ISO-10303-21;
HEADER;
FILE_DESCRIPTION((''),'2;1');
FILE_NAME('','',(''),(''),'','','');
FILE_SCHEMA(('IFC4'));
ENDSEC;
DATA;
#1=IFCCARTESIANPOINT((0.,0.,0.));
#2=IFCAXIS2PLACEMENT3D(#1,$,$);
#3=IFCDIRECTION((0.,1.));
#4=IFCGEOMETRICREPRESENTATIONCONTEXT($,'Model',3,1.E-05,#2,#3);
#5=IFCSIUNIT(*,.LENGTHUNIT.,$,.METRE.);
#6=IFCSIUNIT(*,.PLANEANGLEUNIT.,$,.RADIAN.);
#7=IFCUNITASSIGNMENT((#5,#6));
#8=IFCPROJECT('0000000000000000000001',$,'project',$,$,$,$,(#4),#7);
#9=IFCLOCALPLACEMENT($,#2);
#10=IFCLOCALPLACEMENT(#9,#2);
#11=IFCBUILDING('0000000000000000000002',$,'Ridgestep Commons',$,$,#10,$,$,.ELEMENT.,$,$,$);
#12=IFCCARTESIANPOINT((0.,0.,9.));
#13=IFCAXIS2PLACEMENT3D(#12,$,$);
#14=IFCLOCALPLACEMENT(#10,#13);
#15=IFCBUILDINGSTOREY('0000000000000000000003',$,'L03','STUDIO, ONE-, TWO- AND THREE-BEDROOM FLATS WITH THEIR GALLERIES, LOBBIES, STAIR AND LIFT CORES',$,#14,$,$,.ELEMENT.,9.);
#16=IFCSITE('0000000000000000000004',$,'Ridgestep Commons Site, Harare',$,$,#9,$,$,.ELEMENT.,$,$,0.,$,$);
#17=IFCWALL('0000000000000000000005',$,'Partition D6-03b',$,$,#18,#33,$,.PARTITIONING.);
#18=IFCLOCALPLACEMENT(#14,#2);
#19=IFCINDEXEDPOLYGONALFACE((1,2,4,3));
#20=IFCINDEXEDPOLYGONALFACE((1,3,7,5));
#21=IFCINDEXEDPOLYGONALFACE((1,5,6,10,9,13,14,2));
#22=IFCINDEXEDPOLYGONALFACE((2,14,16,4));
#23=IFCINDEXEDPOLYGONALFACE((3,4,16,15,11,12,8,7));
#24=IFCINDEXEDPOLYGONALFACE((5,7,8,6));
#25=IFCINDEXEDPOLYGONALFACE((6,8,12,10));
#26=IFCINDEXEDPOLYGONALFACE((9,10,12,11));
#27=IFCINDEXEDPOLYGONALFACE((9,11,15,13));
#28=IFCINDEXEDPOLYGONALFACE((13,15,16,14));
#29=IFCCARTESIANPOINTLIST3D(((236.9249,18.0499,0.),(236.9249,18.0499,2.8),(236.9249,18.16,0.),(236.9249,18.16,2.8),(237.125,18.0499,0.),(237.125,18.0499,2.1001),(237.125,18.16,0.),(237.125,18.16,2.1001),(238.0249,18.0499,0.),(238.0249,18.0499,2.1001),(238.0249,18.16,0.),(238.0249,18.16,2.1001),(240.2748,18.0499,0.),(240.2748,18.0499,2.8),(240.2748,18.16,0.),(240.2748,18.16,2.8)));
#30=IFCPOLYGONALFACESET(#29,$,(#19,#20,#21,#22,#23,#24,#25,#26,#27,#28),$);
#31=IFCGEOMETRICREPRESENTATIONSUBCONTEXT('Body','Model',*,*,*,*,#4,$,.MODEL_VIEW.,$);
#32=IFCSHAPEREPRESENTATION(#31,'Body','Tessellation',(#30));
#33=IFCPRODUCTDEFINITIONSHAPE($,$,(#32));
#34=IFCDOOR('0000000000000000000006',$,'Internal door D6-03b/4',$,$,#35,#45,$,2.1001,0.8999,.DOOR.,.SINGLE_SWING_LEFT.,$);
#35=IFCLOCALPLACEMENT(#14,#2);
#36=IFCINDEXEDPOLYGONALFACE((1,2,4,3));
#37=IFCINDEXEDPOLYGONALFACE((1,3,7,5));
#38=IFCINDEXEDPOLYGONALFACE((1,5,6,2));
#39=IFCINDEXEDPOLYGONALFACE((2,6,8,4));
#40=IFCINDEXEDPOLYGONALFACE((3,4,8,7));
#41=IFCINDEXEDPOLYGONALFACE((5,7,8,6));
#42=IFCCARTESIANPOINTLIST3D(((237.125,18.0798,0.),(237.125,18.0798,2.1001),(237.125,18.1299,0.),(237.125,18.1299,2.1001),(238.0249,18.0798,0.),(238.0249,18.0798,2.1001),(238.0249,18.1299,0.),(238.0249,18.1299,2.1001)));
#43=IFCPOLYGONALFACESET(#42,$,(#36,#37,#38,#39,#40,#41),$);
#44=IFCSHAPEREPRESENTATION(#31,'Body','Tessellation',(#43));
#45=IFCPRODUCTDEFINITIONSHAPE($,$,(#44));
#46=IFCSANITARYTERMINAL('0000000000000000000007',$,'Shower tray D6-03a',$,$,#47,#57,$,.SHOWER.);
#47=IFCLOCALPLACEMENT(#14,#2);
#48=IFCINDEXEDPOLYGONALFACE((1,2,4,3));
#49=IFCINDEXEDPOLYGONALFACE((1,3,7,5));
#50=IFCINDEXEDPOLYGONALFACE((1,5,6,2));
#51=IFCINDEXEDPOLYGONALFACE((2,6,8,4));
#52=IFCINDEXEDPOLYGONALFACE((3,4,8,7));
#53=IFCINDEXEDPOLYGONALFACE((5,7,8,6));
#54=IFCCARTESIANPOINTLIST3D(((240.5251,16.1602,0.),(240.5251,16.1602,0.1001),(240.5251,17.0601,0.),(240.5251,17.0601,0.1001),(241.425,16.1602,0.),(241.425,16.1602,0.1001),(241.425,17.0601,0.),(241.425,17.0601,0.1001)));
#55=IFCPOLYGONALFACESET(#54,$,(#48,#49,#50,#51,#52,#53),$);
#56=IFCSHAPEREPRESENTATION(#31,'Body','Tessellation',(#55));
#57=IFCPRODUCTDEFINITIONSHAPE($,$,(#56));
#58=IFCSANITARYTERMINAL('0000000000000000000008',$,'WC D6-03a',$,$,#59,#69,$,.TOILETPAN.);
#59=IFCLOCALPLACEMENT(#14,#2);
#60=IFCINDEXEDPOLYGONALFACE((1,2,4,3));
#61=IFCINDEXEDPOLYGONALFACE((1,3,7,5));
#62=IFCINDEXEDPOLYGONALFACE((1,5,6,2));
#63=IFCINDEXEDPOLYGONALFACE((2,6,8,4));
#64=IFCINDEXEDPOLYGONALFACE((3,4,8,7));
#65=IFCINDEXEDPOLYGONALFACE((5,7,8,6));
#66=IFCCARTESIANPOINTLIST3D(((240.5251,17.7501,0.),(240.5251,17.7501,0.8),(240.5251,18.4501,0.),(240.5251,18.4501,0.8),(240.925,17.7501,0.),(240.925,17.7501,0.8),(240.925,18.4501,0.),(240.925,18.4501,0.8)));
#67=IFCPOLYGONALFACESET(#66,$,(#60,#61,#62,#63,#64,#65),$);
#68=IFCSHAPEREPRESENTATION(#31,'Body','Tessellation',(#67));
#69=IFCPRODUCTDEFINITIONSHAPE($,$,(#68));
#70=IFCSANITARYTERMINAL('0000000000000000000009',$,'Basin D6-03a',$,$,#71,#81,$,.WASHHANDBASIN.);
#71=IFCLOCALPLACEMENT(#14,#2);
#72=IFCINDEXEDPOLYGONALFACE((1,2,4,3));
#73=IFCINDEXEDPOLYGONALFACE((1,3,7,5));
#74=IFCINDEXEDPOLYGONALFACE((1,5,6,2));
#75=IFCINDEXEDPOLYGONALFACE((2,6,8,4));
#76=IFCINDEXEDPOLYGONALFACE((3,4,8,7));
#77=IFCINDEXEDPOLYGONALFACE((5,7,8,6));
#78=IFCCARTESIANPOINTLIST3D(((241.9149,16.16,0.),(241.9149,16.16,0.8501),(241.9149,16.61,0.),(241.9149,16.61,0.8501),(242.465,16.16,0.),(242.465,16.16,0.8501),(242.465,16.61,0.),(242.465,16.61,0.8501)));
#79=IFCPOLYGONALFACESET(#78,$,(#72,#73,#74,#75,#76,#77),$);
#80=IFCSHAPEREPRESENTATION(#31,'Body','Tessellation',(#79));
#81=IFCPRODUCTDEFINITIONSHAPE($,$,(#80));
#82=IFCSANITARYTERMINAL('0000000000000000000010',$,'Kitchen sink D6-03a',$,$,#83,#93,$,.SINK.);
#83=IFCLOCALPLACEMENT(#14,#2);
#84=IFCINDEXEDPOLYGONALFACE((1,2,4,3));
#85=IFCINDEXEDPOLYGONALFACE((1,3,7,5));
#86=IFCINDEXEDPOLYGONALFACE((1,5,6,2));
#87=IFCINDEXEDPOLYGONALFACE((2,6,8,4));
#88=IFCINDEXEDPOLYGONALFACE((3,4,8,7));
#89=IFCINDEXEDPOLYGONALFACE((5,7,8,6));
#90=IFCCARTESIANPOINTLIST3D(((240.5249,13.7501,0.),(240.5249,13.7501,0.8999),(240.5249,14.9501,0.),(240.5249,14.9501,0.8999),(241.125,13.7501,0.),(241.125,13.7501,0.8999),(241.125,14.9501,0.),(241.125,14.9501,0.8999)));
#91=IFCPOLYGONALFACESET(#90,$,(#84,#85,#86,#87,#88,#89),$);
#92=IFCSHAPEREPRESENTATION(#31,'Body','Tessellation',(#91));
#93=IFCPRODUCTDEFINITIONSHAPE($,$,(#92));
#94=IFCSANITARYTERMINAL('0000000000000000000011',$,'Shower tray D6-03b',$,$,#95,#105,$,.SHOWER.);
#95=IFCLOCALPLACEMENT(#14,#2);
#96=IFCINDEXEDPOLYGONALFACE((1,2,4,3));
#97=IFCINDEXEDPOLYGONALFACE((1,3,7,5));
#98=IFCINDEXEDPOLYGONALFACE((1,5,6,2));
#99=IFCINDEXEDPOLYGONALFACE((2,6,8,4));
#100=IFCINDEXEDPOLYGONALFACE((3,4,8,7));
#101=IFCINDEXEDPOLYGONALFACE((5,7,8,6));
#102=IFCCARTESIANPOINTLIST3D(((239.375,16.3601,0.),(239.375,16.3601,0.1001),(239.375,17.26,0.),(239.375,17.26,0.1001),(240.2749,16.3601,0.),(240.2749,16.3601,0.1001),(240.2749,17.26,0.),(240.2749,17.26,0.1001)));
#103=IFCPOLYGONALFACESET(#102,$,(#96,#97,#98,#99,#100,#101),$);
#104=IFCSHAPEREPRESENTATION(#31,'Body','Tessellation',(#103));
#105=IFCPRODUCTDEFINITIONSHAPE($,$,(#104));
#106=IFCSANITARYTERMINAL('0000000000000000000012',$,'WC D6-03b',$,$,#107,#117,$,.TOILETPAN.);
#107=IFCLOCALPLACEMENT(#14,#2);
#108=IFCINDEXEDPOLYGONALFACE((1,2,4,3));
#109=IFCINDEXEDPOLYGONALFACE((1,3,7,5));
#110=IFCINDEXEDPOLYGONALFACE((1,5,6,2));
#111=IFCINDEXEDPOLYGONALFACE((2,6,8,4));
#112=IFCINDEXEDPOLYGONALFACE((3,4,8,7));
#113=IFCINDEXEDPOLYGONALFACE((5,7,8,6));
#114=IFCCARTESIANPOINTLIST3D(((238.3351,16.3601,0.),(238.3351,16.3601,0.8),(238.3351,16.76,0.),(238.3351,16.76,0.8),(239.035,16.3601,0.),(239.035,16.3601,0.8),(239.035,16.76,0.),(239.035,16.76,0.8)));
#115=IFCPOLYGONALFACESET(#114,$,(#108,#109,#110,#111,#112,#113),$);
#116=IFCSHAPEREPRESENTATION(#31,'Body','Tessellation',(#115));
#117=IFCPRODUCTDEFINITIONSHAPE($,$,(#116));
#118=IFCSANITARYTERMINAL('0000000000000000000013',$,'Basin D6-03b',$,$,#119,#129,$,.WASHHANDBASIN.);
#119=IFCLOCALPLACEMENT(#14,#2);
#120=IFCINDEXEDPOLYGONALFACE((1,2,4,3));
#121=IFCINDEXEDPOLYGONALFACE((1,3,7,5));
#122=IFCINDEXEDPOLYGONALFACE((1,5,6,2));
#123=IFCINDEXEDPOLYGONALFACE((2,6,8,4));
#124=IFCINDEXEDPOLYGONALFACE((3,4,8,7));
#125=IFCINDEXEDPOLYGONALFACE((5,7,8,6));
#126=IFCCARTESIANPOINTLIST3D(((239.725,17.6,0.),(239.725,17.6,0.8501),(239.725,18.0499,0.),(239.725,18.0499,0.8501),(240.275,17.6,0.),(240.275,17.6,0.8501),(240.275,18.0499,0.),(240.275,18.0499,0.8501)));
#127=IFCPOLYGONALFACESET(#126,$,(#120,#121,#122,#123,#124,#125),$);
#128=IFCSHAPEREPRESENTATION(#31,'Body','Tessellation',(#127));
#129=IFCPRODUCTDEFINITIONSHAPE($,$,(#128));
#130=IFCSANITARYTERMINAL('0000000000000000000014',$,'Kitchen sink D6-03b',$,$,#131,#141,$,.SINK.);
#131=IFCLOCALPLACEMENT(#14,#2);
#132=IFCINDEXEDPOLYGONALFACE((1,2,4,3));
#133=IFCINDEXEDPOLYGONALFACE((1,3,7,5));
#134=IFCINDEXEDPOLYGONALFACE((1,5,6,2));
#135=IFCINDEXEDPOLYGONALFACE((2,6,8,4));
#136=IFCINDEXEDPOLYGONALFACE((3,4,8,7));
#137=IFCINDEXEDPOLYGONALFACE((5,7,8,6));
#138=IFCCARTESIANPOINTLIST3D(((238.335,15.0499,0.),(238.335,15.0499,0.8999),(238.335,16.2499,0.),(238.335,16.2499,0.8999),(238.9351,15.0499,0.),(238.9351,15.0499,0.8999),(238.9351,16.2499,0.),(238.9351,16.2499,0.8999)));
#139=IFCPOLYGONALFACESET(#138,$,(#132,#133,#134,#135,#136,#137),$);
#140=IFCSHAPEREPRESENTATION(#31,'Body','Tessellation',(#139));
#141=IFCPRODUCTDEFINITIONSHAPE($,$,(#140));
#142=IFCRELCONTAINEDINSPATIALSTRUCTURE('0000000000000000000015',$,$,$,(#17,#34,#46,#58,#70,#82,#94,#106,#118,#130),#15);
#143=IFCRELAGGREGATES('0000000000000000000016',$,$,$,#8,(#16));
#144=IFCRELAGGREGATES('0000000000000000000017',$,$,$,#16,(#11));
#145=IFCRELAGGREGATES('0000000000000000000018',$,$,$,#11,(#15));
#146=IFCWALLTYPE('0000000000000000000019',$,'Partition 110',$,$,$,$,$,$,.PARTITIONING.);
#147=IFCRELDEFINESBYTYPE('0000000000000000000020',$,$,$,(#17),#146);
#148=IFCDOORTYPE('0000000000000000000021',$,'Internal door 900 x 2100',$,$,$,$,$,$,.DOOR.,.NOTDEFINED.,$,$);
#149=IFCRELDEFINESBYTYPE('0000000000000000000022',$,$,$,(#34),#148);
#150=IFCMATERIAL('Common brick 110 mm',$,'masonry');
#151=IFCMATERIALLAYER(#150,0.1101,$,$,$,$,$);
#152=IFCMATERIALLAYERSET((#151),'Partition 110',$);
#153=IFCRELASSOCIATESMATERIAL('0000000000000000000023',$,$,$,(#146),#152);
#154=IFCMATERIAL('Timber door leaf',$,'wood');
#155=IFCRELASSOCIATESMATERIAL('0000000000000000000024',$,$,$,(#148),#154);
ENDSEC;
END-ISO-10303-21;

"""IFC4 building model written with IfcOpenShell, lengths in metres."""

from ifc_helpers import new_model, si_unit, direction, frame, frame_2d, origin, origin_2d, place, context, subcontext, project, spatial, rectangle, extrude, material, layer, layer_set, type_object, element, fill, save


model = new_model("IFC4")

# Units and contexts
model_context = context("Model", 3, precision=1e-05, world=origin(), true_north=direction((0.0, 1.0)))
body_context = subcontext(model_context, "Body", "Model", "MODEL_VIEW")
ifc_project = project(units=[si_unit("LENGTHUNIT", "METRE"), si_unit("PLANEANGLEUNIT", "RADIAN")], contexts=[model_context])

# Site, building, storey
site_placement = place(None, origin())
site = spatial("IfcSite", under=ifc_project, at=site_placement, Name="Ridgestep Commons Site, Harare", CompositionType="ELEMENT", RefElevation=0.0)
building_placement = place(site_placement, origin())
building = spatial("IfcBuilding", under=site, at=building_placement, Name="Ridgestep Commons", CompositionType="ELEMENT")
storey_placement = place(building_placement, frame((0.0, 0.0, 9.0)))
storey = spatial("IfcBuildingStorey", under=building, at=storey_placement, Name="L03", Description="STUDIO, ONE-, TWO- AND THREE-BEDROOM FLATS WITH THEIR GALLERIES, LOBBIES, STAIR AND LIFT CORES", CompositionType="ELEMENT", Elevation=9.0)

# Shared definitions
ifc_material_1 = material(Name="Common brick 110 mm", Category="masonry")
ifc_layer_1 = layer(ifc_material_1, 0.1101)
ifc_layer_set_1 = layer_set([ifc_layer_1], Name="Partition 110")
wall_type_1 = type_object("IfcWallType", Name="Partition 110", PredefinedType="PARTITIONING", material=ifc_layer_set_1)

# Shared definitions
ifc_material_2 = material(Name="Timber door leaf", Category="wood")
door_type_1 = type_object("IfcDoorType", Name="Internal door 900 x 2100", OperationType="NOTDEFINED", PredefinedType="DOOR", material=ifc_material_2)

# Wall, opening, door
wall_1_placement = place(storey_placement, frame((236.925, 18.105, 0.0), z_axis=(0.0, 0.0, 1.0), x_axis=(1.0, 0.0, 0.0)))
wall_1 = element("IfcWall", 1, at=wall_1_placement, inside=storey, type_object=wall_type_1, Name="Partition D6-03b", PredefinedType="PARTITIONING", context=body_context, shape_type="SweptSolid", body=[
    extrude(rectangle(XDim=3.3499, YDim=0.1101, at=frame_2d((1.6748, 0.0))), origin(), (0.0, 0.0, 1.0), 2.8),
])
opening_1_placement = place(wall_1_placement, frame((0.2, 0.0, 0.0)))
opening_1 = element("IfcOpeningElement", 2, at=opening_1_placement, cuts=wall_1, PredefinedType="OPENING", context=body_context, shape_type="SweptSolid", body=[
    extrude(rectangle(XDim=0.8999, YDim=2.1001, at=frame_2d((0.45, 1.05))), frame((0.0, 0.0649, 0.0), z_axis=(0.0, -1.0, 0.0), x_axis=(1.0, 0.0, 0.0)), (0.0, 0.0, 1.0), 0.1301),
])
door_1_placement = place(opening_1_placement, origin())
door_1 = element("IfcDoor", 3, at=door_1_placement, inside=storey, type_object=door_type_1, Name="Internal door D6-03b/4", OperationType="SINGLE_SWING_LEFT", OverallHeight=2.1001, OverallWidth=0.8999, PredefinedType="DOOR", context=body_context, shape_type="SweptSolid", body=[
    extrude(rectangle(XDim=0.8999, YDim=2.1001, at=frame_2d((0.45, 1.05))), frame((0.0, 0.0249, 0.0), z_axis=(0.0, -1.0, 0.0), x_axis=(1.0, 0.0, 0.0)), (0.0, 0.0, 1.0), 0.05),
])
fill(opening_1, door_1)

# Sanitary terminals
sanitary_terminal_1_placement = place(storey_placement, frame((240.9751, 16.6101, 0.0), z_axis=(0.0, 0.0, 1.0), x_axis=(1.0, 0.0, 0.0)))
element("IfcSanitaryTerminal", 4, at=sanitary_terminal_1_placement, inside=storey, Name="Shower tray D6-03a", PredefinedType="SHOWER", context=body_context, shape_type="SweptSolid", body=[
    extrude(rectangle(XDim=0.8999, YDim=0.8999, at=origin_2d()), origin(), (0.0, 0.0, 1.0), 0.1001),
])
sanitary_terminal_2_placement = place(storey_placement, frame((240.7251, 18.1001, 0.0), z_axis=(0.0, 0.0, 1.0), x_axis=(1.0, 0.0, 0.0)))
element("IfcSanitaryTerminal", 5, at=sanitary_terminal_2_placement, inside=storey, Name="WC D6-03a", PredefinedType="TOILETPAN", context=body_context, shape_type="SweptSolid", body=[
    extrude(rectangle(XDim=0.3999, YDim=0.7, at=origin_2d()), origin(), (0.0, 0.0, 1.0), 0.8),
])
sanitary_terminal_3_placement = place(storey_placement, frame((242.1899, 16.385, 0.0), z_axis=(0.0, 0.0, 1.0), x_axis=(1.0, 0.0, 0.0)))
element("IfcSanitaryTerminal", 6, at=sanitary_terminal_3_placement, inside=storey, Name="Basin D6-03a", PredefinedType="WASHHANDBASIN", context=body_context, shape_type="SweptSolid", body=[
    extrude(rectangle(XDim=0.55, YDim=0.45, at=origin_2d()), origin(), (0.0, 0.0, 1.0), 0.8501),
])
sanitary_terminal_4_placement = place(storey_placement, frame((240.825, 14.3501, 0.0), z_axis=(0.0, 0.0, 1.0), x_axis=(1.0, 0.0, 0.0)))
element("IfcSanitaryTerminal", 7, at=sanitary_terminal_4_placement, inside=storey, Name="Kitchen sink D6-03a", PredefinedType="SINK", context=body_context, shape_type="SweptSolid", body=[
    extrude(rectangle(XDim=0.6001, YDim=1.2, at=origin_2d()), origin(), (0.0, 0.0, 1.0), 0.8999),
])
sanitary_terminal_5_placement = place(storey_placement, frame((239.825, 16.8101, 0.0), z_axis=(0.0, 0.0, 1.0), x_axis=(1.0, 0.0, 0.0)))
element("IfcSanitaryTerminal", 8, at=sanitary_terminal_5_placement, inside=storey, Name="Shower tray D6-03b", PredefinedType="SHOWER", context=body_context, shape_type="SweptSolid", body=[
    extrude(rectangle(XDim=0.8999, YDim=0.8999, at=origin_2d()), origin(), (0.0, 0.0, 1.0), 0.1001),
])
sanitary_terminal_6_placement = place(storey_placement, frame((238.6851, 16.5601, 0.0), z_axis=(0.0, 0.0, 1.0), x_axis=(1.0, 0.0, 0.0)))
element("IfcSanitaryTerminal", 9, at=sanitary_terminal_6_placement, inside=storey, Name="WC D6-03b", PredefinedType="TOILETPAN", context=body_context, shape_type="SweptSolid", body=[
    extrude(rectangle(XDim=0.7, YDim=0.3999, at=origin_2d()), origin(), (0.0, 0.0, 1.0), 0.8),
])
sanitary_terminal_7_placement = place(storey_placement, frame((240.0, 17.825, 0.0), z_axis=(0.0, 0.0, 1.0), x_axis=(1.0, 0.0, 0.0)))
element("IfcSanitaryTerminal", 10, at=sanitary_terminal_7_placement, inside=storey, Name="Basin D6-03b", PredefinedType="WASHHANDBASIN", context=body_context, shape_type="SweptSolid", body=[
    extrude(rectangle(XDim=0.55, YDim=0.45, at=origin_2d()), origin(), (0.0, 0.0, 1.0), 0.8501),
])
sanitary_terminal_8_placement = place(storey_placement, frame((238.635, 15.6499, 0.0), z_axis=(0.0, 0.0, 1.0), x_axis=(1.0, 0.0, 0.0)))
element("IfcSanitaryTerminal", 11, at=sanitary_terminal_8_placement, inside=storey, Name="Kitchen sink D6-03b", PredefinedType="SINK", context=body_context, shape_type="SweptSolid", body=[
    extrude(rectangle(XDim=0.6001, YDim=1.2, at=origin_2d()), origin(), (0.0, 0.0, 1.0), 0.8999),
])

save(model, "model.ifc")
